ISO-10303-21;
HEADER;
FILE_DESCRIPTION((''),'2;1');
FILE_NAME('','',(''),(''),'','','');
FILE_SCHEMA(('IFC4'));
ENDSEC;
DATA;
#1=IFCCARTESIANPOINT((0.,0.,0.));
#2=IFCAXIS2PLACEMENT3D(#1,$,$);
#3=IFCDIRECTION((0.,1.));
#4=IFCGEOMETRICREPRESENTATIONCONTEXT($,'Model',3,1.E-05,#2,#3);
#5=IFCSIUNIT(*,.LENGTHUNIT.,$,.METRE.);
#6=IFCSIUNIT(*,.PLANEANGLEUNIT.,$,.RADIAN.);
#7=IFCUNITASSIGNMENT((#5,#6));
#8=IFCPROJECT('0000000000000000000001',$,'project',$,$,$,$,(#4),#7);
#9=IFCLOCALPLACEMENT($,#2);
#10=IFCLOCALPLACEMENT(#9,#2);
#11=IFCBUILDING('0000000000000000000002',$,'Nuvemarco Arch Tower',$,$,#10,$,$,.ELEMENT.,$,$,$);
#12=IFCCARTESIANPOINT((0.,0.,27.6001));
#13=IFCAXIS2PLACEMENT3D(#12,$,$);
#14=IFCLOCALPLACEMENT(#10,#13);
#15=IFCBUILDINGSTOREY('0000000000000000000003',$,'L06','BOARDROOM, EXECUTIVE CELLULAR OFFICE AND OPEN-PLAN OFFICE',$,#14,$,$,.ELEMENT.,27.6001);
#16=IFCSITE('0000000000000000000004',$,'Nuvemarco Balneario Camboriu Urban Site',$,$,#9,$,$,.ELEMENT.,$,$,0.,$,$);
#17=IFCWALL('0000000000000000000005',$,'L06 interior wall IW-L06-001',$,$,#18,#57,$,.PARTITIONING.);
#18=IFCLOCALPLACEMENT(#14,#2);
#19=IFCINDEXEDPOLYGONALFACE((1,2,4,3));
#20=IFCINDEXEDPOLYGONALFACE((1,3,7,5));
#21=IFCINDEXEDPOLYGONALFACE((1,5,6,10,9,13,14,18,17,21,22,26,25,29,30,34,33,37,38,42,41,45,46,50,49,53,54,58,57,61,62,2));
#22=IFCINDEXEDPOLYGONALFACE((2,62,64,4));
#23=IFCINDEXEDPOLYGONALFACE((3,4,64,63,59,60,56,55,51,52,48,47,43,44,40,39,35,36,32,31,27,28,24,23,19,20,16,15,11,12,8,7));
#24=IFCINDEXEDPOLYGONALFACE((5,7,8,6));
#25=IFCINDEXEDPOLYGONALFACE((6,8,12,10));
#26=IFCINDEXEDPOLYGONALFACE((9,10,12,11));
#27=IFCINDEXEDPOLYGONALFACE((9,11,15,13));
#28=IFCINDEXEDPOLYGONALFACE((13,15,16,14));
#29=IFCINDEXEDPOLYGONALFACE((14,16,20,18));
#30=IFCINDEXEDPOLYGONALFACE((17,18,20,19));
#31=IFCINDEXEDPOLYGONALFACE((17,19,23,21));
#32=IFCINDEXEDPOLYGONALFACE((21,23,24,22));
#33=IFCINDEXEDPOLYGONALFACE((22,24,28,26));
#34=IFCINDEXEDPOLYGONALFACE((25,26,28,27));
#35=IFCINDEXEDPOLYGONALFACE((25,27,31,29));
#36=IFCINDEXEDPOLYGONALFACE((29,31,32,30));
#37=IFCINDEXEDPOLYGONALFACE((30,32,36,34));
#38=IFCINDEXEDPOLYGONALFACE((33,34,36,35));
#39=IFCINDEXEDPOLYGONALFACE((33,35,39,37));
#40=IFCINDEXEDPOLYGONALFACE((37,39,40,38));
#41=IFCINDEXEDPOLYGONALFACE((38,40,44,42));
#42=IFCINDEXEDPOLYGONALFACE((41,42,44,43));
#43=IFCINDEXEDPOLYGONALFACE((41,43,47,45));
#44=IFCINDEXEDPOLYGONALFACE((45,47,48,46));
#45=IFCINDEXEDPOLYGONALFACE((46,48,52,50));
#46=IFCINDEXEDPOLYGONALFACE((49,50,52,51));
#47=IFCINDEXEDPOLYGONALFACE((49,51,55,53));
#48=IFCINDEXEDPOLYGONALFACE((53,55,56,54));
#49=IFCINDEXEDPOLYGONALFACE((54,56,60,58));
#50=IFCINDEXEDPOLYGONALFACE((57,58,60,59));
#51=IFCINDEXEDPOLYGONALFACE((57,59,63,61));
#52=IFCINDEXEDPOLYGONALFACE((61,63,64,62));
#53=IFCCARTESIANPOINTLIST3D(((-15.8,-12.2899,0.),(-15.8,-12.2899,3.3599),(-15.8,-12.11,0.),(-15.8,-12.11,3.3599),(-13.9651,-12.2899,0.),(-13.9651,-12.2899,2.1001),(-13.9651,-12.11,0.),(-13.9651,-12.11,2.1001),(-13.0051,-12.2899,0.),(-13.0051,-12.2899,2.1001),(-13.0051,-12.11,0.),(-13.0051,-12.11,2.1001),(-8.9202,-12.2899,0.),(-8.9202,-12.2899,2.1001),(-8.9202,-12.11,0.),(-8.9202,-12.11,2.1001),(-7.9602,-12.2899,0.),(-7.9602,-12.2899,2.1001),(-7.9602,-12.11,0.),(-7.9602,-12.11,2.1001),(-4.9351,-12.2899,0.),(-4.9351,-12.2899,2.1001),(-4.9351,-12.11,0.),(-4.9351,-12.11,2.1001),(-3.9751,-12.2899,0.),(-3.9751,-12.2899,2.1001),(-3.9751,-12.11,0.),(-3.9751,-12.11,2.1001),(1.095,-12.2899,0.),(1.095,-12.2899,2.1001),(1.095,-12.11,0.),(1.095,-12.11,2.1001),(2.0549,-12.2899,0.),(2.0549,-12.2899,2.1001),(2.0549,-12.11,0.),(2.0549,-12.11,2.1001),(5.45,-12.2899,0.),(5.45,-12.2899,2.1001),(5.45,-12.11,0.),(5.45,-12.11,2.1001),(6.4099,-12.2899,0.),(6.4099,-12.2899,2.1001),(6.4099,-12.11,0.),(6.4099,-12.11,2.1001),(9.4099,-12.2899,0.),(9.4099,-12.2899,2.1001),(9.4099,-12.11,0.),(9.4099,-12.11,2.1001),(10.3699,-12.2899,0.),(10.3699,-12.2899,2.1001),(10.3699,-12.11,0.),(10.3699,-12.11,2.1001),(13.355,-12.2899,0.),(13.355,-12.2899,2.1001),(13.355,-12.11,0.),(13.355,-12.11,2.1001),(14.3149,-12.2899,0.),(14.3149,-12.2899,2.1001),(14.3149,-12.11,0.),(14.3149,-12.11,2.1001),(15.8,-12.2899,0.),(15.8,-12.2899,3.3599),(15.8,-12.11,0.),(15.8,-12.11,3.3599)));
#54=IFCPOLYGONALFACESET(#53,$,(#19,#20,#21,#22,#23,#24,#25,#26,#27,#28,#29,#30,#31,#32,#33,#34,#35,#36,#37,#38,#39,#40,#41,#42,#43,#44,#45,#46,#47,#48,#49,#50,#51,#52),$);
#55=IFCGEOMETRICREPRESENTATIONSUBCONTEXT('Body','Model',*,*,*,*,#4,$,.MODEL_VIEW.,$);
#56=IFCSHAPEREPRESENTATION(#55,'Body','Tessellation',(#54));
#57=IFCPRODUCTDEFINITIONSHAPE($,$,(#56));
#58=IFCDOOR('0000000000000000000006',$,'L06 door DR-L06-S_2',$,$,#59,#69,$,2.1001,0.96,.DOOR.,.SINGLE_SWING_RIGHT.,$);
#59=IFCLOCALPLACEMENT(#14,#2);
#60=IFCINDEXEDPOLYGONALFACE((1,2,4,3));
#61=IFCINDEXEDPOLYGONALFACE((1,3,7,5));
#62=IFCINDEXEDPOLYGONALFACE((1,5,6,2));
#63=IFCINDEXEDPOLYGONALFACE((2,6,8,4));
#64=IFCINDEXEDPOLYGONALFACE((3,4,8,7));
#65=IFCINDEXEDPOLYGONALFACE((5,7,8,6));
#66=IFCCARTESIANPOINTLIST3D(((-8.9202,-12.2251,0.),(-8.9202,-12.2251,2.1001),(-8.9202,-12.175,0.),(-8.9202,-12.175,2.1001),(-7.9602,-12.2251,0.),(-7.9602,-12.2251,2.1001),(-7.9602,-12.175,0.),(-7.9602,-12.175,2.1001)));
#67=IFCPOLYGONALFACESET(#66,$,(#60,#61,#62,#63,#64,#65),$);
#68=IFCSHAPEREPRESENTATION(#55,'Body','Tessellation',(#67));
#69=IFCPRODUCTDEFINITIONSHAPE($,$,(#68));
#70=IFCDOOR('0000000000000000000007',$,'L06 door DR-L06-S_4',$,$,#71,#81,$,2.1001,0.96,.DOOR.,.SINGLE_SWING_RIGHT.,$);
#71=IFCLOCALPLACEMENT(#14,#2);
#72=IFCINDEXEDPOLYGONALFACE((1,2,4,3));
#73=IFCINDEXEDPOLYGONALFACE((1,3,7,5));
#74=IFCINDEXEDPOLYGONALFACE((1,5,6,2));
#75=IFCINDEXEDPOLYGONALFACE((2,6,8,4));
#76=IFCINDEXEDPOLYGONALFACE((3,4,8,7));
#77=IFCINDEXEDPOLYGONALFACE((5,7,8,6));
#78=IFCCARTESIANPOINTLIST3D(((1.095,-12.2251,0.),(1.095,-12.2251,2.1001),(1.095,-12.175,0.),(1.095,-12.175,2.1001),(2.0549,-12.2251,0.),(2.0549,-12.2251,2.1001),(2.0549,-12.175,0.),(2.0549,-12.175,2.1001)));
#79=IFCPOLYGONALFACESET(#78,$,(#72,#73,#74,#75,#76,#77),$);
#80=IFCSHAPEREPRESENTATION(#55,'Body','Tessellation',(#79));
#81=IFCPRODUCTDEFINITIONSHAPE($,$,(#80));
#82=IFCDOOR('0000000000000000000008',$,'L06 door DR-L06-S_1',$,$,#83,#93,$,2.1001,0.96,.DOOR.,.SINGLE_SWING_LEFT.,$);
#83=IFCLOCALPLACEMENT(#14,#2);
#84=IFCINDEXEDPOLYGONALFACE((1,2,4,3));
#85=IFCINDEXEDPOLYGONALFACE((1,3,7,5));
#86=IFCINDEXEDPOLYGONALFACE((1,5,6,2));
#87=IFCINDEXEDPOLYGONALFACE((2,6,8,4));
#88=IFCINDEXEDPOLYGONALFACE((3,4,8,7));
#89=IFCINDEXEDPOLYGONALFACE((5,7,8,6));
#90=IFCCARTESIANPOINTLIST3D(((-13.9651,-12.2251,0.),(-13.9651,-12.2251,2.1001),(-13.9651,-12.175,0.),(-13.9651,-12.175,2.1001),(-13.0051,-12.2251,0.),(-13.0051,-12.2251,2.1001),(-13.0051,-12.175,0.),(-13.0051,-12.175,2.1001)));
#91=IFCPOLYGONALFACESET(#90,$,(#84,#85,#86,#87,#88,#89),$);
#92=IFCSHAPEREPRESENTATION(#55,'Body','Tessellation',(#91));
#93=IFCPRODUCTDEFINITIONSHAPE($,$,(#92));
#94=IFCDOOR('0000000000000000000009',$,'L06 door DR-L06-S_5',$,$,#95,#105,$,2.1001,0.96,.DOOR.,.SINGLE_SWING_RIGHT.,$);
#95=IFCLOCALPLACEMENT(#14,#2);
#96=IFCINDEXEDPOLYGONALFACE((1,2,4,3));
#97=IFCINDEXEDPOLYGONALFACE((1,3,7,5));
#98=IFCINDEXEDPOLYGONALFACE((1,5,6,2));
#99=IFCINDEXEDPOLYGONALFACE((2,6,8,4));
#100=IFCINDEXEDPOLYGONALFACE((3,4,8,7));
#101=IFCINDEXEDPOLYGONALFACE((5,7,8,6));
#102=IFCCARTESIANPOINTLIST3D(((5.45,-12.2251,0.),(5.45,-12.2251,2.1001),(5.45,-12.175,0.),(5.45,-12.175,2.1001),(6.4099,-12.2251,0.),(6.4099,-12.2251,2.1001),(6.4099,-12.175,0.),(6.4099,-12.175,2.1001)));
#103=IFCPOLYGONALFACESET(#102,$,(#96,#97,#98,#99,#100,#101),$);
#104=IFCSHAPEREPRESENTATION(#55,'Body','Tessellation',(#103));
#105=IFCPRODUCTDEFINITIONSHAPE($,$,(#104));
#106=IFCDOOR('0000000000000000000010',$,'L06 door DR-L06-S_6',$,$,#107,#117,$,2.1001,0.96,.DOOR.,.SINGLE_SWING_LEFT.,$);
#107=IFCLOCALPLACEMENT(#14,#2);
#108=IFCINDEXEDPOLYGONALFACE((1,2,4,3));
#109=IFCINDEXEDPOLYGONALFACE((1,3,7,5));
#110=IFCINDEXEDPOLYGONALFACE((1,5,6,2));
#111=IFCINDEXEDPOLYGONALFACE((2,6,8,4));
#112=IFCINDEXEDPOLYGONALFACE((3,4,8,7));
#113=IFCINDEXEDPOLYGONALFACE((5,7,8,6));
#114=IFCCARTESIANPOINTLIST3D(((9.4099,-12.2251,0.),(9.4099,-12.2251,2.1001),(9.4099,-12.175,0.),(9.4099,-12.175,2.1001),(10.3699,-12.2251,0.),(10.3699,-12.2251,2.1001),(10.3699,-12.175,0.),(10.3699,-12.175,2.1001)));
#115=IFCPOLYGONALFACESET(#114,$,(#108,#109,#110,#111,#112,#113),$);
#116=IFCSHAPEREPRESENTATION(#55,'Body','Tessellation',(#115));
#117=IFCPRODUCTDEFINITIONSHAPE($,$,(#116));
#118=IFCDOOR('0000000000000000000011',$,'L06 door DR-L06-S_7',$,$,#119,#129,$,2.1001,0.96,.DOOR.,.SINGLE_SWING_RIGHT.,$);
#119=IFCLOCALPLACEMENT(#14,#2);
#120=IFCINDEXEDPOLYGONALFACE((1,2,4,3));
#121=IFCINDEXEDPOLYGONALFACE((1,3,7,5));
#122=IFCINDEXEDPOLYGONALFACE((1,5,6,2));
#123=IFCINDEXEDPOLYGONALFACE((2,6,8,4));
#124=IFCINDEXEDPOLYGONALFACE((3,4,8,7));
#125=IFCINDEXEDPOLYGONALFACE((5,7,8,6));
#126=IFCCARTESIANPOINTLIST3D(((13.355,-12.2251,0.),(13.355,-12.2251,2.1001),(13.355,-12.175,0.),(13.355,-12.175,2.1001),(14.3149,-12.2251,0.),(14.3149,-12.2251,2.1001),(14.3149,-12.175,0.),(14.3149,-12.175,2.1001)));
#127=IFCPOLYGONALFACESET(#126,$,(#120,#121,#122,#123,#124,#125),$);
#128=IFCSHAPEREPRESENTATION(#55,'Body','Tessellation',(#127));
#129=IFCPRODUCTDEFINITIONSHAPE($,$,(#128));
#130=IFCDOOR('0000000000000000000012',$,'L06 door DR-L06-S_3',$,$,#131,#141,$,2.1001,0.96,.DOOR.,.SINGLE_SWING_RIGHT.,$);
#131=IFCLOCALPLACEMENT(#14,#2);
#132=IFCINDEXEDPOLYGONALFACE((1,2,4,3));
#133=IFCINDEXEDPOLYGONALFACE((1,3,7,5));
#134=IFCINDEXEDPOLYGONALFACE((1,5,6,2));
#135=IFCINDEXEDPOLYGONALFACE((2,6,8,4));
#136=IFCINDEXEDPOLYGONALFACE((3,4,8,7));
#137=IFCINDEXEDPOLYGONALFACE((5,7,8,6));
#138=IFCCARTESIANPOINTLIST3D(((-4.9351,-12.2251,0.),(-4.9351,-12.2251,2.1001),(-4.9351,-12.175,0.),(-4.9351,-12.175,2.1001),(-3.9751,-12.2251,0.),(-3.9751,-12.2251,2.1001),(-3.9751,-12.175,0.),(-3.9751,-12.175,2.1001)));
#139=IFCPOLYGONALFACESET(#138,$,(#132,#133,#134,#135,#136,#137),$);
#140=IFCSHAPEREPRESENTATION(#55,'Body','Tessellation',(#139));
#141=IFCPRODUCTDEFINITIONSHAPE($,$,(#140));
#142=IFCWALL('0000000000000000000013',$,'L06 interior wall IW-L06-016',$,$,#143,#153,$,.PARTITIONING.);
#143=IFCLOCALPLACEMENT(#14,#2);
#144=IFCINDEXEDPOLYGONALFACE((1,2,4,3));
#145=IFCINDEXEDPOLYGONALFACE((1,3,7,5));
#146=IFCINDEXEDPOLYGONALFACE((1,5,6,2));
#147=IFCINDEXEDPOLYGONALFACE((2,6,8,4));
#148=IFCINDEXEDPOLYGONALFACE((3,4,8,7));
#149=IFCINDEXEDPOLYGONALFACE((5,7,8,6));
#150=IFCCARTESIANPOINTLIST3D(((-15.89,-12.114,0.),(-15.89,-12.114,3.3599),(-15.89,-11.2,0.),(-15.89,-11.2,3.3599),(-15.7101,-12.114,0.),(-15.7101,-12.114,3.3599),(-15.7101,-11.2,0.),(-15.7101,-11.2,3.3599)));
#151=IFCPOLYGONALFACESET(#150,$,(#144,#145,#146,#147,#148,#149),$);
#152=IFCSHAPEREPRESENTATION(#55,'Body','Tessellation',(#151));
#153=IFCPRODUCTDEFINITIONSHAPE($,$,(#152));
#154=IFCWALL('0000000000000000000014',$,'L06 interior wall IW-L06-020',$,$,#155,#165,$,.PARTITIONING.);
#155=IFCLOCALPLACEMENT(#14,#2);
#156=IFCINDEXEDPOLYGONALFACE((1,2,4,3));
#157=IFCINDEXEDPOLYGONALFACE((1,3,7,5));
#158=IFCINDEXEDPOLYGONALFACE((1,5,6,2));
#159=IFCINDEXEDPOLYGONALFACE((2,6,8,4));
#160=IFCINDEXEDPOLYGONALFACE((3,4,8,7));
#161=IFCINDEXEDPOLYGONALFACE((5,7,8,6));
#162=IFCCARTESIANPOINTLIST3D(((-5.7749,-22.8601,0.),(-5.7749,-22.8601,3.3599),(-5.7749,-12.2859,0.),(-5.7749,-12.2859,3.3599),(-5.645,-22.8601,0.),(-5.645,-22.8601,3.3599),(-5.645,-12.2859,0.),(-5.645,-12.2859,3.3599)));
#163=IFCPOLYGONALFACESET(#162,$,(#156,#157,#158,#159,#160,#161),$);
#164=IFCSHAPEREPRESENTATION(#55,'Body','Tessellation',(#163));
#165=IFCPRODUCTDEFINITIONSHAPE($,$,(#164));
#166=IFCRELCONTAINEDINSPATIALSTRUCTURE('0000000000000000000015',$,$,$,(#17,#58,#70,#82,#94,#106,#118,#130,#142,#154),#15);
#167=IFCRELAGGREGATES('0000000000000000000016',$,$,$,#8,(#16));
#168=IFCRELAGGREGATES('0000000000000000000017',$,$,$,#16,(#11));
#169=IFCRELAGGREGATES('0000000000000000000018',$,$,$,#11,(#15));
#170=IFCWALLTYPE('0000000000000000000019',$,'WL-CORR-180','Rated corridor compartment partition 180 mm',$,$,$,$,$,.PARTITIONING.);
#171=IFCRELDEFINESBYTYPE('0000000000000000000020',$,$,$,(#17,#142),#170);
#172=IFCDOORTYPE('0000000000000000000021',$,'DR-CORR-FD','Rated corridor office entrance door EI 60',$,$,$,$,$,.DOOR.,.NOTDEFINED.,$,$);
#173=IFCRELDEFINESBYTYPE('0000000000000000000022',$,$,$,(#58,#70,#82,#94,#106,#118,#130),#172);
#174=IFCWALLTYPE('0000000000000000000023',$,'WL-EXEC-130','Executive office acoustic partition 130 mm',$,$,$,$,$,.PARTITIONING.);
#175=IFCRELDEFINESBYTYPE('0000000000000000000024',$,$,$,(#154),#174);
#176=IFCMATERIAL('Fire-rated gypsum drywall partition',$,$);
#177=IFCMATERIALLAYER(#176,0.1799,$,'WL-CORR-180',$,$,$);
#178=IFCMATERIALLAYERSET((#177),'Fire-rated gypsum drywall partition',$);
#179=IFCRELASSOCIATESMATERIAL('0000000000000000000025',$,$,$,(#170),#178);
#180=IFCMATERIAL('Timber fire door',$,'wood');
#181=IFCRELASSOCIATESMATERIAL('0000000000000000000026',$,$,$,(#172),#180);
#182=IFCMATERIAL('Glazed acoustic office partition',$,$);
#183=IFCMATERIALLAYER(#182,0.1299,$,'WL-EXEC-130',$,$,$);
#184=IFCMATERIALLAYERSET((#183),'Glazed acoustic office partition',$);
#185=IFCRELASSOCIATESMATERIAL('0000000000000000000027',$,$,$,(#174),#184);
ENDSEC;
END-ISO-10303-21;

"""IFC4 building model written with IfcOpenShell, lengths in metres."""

from ifc_helpers import new_model, si_unit, direction, frame, frame_2d, origin, place, context, subcontext, project, spatial, rectangle, extrude, source, transform, mapped, material, layer, layer_set, type_object, type_shapes, element, fill, save


model = new_model("IFC4")

# Units and contexts
model_context = context("Model", 3, precision=1e-05, world=origin(), true_north=direction((0.0, 1.0)))
body_context = subcontext(model_context, "Body", "Model", "MODEL_VIEW")
ifc_project = project(units=[si_unit("LENGTHUNIT", "METRE"), si_unit("PLANEANGLEUNIT", "RADIAN")], contexts=[model_context])

# Site, building, storey
site_placement = place(None, origin())
site = spatial("IfcSite", under=ifc_project, at=site_placement, Name="Nuvemarco Balneario Camboriu Urban Site", CompositionType="ELEMENT", RefElevation=0.0)
building_placement = place(site_placement, origin())
building = spatial("IfcBuilding", under=site, at=building_placement, Name="Nuvemarco Arch Tower", CompositionType="ELEMENT")
storey_placement = place(building_placement, frame((0.0, 0.0, 27.6001)))
storey = spatial("IfcBuildingStorey", under=building, at=storey_placement, Name="L06", Description="BOARDROOM, EXECUTIVE CELLULAR OFFICE AND OPEN-PLAN OFFICE", CompositionType="ELEMENT", Elevation=27.6001)

# Wall, openings, doors
ifc_material_1 = material(Name="Fire-rated gypsum drywall partition")
ifc_layer_1 = layer(ifc_material_1, 0.1799, Name="WL-CORR-180")
ifc_layer_set_1 = layer_set([ifc_layer_1], Name="Fire-rated gypsum drywall partition")
wall_type_1 = type_object("IfcWallType", Name="WL-CORR-180", Description="Rated corridor compartment partition 180 mm", PredefinedType="PARTITIONING", material=ifc_layer_set_1)
wall_1_placement = place(storey_placement, frame((-15.8, -12.2, 0.0), z_axis=(0.0, 0.0, 1.0), x_axis=(1.0, 0.0, 0.0)))
wall_1 = element("IfcWall", 1, at=wall_1_placement, inside=storey, type_object=wall_type_1, Name="L06 interior wall IW-L06-001", PredefinedType="PARTITIONING", context=body_context, shape_type="SweptSolid", body=[
    extrude(rectangle(XDim=31.6001, YDim=0.1799, at=frame_2d((15.8, 0.0))), origin(), (0.0, 0.0, 1.0), 3.3599),
])
opening_1_placement = place(wall_1_placement, frame((6.8799, 0.0, 0.0)))
opening_1 = element("IfcOpeningElement", 2, at=opening_1_placement, cuts=wall_1, PredefinedType="OPENING", context=body_context, shape_type="SweptSolid", body=[
    extrude(rectangle(XDim=0.96, YDim=2.1001, at=frame_2d((0.48, 1.05))), frame((0.0, 0.0999, 0.0), z_axis=(0.0, -1.0, 0.0), x_axis=(1.0, 0.0, 0.0)), (0.0, 0.0, 1.0), 0.2),
])
opening_2_placement = place(wall_1_placement, frame((16.895, 0.0, 0.0)))
opening_2 = element("IfcOpeningElement", 3, at=opening_2_placement, cuts=wall_1, PredefinedType="OPENING", context=body_context, shape_type="SweptSolid", body=[
    extrude(rectangle(XDim=0.96, YDim=2.1001, at=frame_2d((0.48, 1.05))), frame((0.0, 0.0999, 0.0), z_axis=(0.0, -1.0, 0.0), x_axis=(1.0, 0.0, 0.0)), (0.0, 0.0, 1.0), 0.2),
])
opening_3_placement = place(wall_1_placement, frame((1.835, 0.0, 0.0)))
opening_3 = element("IfcOpeningElement", 4, at=opening_3_placement, cuts=wall_1, PredefinedType="OPENING", context=body_context, shape_type="SweptSolid", body=[
    extrude(rectangle(XDim=0.96, YDim=2.1001, at=frame_2d((0.48, 1.05))), frame((0.0, 0.0999, 0.0), z_axis=(0.0, -1.0, 0.0), x_axis=(1.0, 0.0, 0.0)), (0.0, 0.0, 1.0), 0.2),
])
opening_4_placement = place(wall_1_placement, frame((21.25, 0.0, 0.0)))
opening_4 = element("IfcOpeningElement", 5, at=opening_4_placement, cuts=wall_1, PredefinedType="OPENING", context=body_context, shape_type="SweptSolid", body=[
    extrude(rectangle(XDim=0.96, YDim=2.1001, at=frame_2d((0.48, 1.05))), frame((0.0, 0.0999, 0.0), z_axis=(0.0, -1.0, 0.0), x_axis=(1.0, 0.0, 0.0)), (0.0, 0.0, 1.0), 0.2),
])
opening_5_placement = place(wall_1_placement, frame((25.21, 0.0, 0.0)))
opening_5 = element("IfcOpeningElement", 6, at=opening_5_placement, cuts=wall_1, PredefinedType="OPENING", context=body_context, shape_type="SweptSolid", body=[
    extrude(rectangle(XDim=0.96, YDim=2.1001, at=frame_2d((0.48, 1.05))), frame((0.0, 0.0999, 0.0), z_axis=(0.0, -1.0, 0.0), x_axis=(1.0, 0.0, 0.0)), (0.0, 0.0, 1.0), 0.2),
])
opening_6_placement = place(wall_1_placement, frame((29.155, 0.0, 0.0)))
opening_6 = element("IfcOpeningElement", 7, at=opening_6_placement, cuts=wall_1, PredefinedType="OPENING", context=body_context, shape_type="SweptSolid", body=[
    extrude(rectangle(XDim=0.96, YDim=2.1001, at=frame_2d((0.48, 1.05))), frame((0.0, 0.0999, 0.0), z_axis=(0.0, -1.0, 0.0), x_axis=(1.0, 0.0, 0.0)), (0.0, 0.0, 1.0), 0.2),
])
opening_7_placement = place(wall_1_placement, frame((10.865, 0.0, 0.0)))
opening_7 = element("IfcOpeningElement", 8, at=opening_7_placement, cuts=wall_1, PredefinedType="OPENING", context=body_context, shape_type="SweptSolid", body=[
    extrude(rectangle(XDim=0.96, YDim=2.1001, at=frame_2d((0.48, 1.05))), frame((0.0, 0.0999, 0.0), z_axis=(0.0, -1.0, 0.0), x_axis=(1.0, 0.0, 0.0)), (0.0, 0.0, 1.0), 0.2),
])
ifc_material_2 = material(Name="Timber fire door", Category="wood")
door_type_1 = type_object("IfcDoorType", Name="DR-CORR-FD", Description="Rated corridor office entrance door EI 60", OperationType="NOTDEFINED", PredefinedType="DOOR", material=ifc_material_2)
shared_shape_1 = source(origin(), body_context, "Body", "SweptSolid", [
    extrude(rectangle(XDim=0.96, YDim=2.1001, at=frame_2d((0.48, 1.05))), frame((0.0, 0.0249, 0.0), z_axis=(0.0, -1.0, 0.0), x_axis=(1.0, 0.0, 0.0)), (0.0, 0.0, 1.0), 0.05),
])
type_shapes(door_type_1, [shared_shape_1])
door_1_placement = place(opening_1_placement, origin())
door_1 = element("IfcDoor", 9, at=door_1_placement, inside=storey, type_object=door_type_1, Name="L06 door DR-L06-S_2", OperationType="SINGLE_SWING_RIGHT", OverallHeight=2.1001, OverallWidth=0.96, PredefinedType="DOOR", context=body_context, shape_type="MappedRepresentation", body=[
    mapped(shared_shape_1, transform((0.0, 0.0, 0.0), scale=1.0)),
])
fill(opening_1, door_1)
door_2_placement = place(opening_2_placement, origin())
door_2 = element("IfcDoor", 10, at=door_2_placement, inside=storey, type_object=door_type_1, Name="L06 door DR-L06-S_4", OperationType="SINGLE_SWING_RIGHT", OverallHeight=2.1001, OverallWidth=0.96, PredefinedType="DOOR", context=body_context, shape_type="MappedRepresentation", body=[
    mapped(shared_shape_1, transform((0.0, 0.0, 0.0), scale=1.0)),
])
fill(opening_2, door_2)
door_3_placement = place(opening_3_placement, origin())
door_3 = element("IfcDoor", 11, at=door_3_placement, inside=storey, type_object=door_type_1, Name="L06 door DR-L06-S_1", OperationType="SINGLE_SWING_LEFT", OverallHeight=2.1001, OverallWidth=0.96, PredefinedType="DOOR", context=body_context, shape_type="MappedRepresentation", body=[
    mapped(shared_shape_1, transform((0.0, 0.0, 0.0), scale=1.0)),
])
fill(opening_3, door_3)
door_4_placement = place(opening_4_placement, origin())
door_4 = element("IfcDoor", 12, at=door_4_placement, inside=storey, type_object=door_type_1, Name="L06 door DR-L06-S_5", OperationType="SINGLE_SWING_RIGHT", OverallHeight=2.1001, OverallWidth=0.96, PredefinedType="DOOR", context=body_context, shape_type="MappedRepresentation", body=[
    mapped(shared_shape_1, transform((0.0, 0.0, 0.0), scale=1.0)),
])
fill(opening_4, door_4)
door_5_placement = place(opening_5_placement, origin())
door_5 = element("IfcDoor", 13, at=door_5_placement, inside=storey, type_object=door_type_1, Name="L06 door DR-L06-S_6", OperationType="SINGLE_SWING_LEFT", OverallHeight=2.1001, OverallWidth=0.96, PredefinedType="DOOR", context=body_context, shape_type="MappedRepresentation", body=[
    mapped(shared_shape_1, transform((0.0, 0.0, 0.0), scale=1.0)),
])
fill(opening_5, door_5)
door_6_placement = place(opening_6_placement, origin())
door_6 = element("IfcDoor", 14, at=door_6_placement, inside=storey, type_object=door_type_1, Name="L06 door DR-L06-S_7", OperationType="SINGLE_SWING_RIGHT", OverallHeight=2.1001, OverallWidth=0.96, PredefinedType="DOOR", context=body_context, shape_type="MappedRepresentation", body=[
    mapped(shared_shape_1, transform((0.0, 0.0, 0.0), scale=1.0)),
])
fill(opening_6, door_6)
door_7_placement = place(opening_7_placement, origin())
door_7 = element("IfcDoor", 15, at=door_7_placement, inside=storey, type_object=door_type_1, Name="L06 door DR-L06-S_3", OperationType="SINGLE_SWING_RIGHT", OverallHeight=2.1001, OverallWidth=0.96, PredefinedType="DOOR", context=body_context, shape_type="MappedRepresentation", body=[
    mapped(shared_shape_1, transform((0.0, 0.0, 0.0), scale=1.0)),
])
fill(opening_7, door_7)

# Walls
wall_2_placement = place(storey_placement, frame((-15.8, -12.114, 0.0), z_axis=(0.0, 0.0, 1.0), x_axis=(0.0, 1.0, 0.0)))
element("IfcWall", 16, at=wall_2_placement, inside=storey, type_object=wall_type_1, Name="L06 interior wall IW-L06-016", PredefinedType="PARTITIONING", context=body_context, shape_type="SweptSolid", body=[
    extrude(rectangle(XDim=0.9141, YDim=0.1799, at=frame_2d((0.457, 0.0))), origin(), (0.0, 0.0, 1.0), 3.3599),
])
ifc_material_3 = material(Name="Glazed acoustic office partition")
ifc_layer_2 = layer(ifc_material_3, 0.1299, Name="WL-EXEC-130")
ifc_layer_set_2 = layer_set([ifc_layer_2], Name="Glazed acoustic office partition")
wall_type_2 = type_object("IfcWallType", Name="WL-EXEC-130", Description="Executive office acoustic partition 130 mm", PredefinedType="PARTITIONING", material=ifc_layer_set_2)
for number, where, z_axis, x_axis, name in (
    (17, (-5.71, -22.8601, 0.0), (0.0, 0.0, 1.0), (0.0, 1.0, 0.0), "L06 interior wall IW-L06-020"),
):
    element("IfcWall", number, at=place(storey_placement, frame(where, z_axis=z_axis, x_axis=x_axis)), inside=storey, type_object=wall_type_2, Name=name, PredefinedType="PARTITIONING", context=body_context, shape_type="SweptSolid", body=[
        extrude(rectangle(XDim=10.5742, YDim=0.1299, at=frame_2d((5.2871, 0.0))), origin(), (0.0, 0.0, 1.0), 3.3599),
    ])

save(model, "model.ifc")
